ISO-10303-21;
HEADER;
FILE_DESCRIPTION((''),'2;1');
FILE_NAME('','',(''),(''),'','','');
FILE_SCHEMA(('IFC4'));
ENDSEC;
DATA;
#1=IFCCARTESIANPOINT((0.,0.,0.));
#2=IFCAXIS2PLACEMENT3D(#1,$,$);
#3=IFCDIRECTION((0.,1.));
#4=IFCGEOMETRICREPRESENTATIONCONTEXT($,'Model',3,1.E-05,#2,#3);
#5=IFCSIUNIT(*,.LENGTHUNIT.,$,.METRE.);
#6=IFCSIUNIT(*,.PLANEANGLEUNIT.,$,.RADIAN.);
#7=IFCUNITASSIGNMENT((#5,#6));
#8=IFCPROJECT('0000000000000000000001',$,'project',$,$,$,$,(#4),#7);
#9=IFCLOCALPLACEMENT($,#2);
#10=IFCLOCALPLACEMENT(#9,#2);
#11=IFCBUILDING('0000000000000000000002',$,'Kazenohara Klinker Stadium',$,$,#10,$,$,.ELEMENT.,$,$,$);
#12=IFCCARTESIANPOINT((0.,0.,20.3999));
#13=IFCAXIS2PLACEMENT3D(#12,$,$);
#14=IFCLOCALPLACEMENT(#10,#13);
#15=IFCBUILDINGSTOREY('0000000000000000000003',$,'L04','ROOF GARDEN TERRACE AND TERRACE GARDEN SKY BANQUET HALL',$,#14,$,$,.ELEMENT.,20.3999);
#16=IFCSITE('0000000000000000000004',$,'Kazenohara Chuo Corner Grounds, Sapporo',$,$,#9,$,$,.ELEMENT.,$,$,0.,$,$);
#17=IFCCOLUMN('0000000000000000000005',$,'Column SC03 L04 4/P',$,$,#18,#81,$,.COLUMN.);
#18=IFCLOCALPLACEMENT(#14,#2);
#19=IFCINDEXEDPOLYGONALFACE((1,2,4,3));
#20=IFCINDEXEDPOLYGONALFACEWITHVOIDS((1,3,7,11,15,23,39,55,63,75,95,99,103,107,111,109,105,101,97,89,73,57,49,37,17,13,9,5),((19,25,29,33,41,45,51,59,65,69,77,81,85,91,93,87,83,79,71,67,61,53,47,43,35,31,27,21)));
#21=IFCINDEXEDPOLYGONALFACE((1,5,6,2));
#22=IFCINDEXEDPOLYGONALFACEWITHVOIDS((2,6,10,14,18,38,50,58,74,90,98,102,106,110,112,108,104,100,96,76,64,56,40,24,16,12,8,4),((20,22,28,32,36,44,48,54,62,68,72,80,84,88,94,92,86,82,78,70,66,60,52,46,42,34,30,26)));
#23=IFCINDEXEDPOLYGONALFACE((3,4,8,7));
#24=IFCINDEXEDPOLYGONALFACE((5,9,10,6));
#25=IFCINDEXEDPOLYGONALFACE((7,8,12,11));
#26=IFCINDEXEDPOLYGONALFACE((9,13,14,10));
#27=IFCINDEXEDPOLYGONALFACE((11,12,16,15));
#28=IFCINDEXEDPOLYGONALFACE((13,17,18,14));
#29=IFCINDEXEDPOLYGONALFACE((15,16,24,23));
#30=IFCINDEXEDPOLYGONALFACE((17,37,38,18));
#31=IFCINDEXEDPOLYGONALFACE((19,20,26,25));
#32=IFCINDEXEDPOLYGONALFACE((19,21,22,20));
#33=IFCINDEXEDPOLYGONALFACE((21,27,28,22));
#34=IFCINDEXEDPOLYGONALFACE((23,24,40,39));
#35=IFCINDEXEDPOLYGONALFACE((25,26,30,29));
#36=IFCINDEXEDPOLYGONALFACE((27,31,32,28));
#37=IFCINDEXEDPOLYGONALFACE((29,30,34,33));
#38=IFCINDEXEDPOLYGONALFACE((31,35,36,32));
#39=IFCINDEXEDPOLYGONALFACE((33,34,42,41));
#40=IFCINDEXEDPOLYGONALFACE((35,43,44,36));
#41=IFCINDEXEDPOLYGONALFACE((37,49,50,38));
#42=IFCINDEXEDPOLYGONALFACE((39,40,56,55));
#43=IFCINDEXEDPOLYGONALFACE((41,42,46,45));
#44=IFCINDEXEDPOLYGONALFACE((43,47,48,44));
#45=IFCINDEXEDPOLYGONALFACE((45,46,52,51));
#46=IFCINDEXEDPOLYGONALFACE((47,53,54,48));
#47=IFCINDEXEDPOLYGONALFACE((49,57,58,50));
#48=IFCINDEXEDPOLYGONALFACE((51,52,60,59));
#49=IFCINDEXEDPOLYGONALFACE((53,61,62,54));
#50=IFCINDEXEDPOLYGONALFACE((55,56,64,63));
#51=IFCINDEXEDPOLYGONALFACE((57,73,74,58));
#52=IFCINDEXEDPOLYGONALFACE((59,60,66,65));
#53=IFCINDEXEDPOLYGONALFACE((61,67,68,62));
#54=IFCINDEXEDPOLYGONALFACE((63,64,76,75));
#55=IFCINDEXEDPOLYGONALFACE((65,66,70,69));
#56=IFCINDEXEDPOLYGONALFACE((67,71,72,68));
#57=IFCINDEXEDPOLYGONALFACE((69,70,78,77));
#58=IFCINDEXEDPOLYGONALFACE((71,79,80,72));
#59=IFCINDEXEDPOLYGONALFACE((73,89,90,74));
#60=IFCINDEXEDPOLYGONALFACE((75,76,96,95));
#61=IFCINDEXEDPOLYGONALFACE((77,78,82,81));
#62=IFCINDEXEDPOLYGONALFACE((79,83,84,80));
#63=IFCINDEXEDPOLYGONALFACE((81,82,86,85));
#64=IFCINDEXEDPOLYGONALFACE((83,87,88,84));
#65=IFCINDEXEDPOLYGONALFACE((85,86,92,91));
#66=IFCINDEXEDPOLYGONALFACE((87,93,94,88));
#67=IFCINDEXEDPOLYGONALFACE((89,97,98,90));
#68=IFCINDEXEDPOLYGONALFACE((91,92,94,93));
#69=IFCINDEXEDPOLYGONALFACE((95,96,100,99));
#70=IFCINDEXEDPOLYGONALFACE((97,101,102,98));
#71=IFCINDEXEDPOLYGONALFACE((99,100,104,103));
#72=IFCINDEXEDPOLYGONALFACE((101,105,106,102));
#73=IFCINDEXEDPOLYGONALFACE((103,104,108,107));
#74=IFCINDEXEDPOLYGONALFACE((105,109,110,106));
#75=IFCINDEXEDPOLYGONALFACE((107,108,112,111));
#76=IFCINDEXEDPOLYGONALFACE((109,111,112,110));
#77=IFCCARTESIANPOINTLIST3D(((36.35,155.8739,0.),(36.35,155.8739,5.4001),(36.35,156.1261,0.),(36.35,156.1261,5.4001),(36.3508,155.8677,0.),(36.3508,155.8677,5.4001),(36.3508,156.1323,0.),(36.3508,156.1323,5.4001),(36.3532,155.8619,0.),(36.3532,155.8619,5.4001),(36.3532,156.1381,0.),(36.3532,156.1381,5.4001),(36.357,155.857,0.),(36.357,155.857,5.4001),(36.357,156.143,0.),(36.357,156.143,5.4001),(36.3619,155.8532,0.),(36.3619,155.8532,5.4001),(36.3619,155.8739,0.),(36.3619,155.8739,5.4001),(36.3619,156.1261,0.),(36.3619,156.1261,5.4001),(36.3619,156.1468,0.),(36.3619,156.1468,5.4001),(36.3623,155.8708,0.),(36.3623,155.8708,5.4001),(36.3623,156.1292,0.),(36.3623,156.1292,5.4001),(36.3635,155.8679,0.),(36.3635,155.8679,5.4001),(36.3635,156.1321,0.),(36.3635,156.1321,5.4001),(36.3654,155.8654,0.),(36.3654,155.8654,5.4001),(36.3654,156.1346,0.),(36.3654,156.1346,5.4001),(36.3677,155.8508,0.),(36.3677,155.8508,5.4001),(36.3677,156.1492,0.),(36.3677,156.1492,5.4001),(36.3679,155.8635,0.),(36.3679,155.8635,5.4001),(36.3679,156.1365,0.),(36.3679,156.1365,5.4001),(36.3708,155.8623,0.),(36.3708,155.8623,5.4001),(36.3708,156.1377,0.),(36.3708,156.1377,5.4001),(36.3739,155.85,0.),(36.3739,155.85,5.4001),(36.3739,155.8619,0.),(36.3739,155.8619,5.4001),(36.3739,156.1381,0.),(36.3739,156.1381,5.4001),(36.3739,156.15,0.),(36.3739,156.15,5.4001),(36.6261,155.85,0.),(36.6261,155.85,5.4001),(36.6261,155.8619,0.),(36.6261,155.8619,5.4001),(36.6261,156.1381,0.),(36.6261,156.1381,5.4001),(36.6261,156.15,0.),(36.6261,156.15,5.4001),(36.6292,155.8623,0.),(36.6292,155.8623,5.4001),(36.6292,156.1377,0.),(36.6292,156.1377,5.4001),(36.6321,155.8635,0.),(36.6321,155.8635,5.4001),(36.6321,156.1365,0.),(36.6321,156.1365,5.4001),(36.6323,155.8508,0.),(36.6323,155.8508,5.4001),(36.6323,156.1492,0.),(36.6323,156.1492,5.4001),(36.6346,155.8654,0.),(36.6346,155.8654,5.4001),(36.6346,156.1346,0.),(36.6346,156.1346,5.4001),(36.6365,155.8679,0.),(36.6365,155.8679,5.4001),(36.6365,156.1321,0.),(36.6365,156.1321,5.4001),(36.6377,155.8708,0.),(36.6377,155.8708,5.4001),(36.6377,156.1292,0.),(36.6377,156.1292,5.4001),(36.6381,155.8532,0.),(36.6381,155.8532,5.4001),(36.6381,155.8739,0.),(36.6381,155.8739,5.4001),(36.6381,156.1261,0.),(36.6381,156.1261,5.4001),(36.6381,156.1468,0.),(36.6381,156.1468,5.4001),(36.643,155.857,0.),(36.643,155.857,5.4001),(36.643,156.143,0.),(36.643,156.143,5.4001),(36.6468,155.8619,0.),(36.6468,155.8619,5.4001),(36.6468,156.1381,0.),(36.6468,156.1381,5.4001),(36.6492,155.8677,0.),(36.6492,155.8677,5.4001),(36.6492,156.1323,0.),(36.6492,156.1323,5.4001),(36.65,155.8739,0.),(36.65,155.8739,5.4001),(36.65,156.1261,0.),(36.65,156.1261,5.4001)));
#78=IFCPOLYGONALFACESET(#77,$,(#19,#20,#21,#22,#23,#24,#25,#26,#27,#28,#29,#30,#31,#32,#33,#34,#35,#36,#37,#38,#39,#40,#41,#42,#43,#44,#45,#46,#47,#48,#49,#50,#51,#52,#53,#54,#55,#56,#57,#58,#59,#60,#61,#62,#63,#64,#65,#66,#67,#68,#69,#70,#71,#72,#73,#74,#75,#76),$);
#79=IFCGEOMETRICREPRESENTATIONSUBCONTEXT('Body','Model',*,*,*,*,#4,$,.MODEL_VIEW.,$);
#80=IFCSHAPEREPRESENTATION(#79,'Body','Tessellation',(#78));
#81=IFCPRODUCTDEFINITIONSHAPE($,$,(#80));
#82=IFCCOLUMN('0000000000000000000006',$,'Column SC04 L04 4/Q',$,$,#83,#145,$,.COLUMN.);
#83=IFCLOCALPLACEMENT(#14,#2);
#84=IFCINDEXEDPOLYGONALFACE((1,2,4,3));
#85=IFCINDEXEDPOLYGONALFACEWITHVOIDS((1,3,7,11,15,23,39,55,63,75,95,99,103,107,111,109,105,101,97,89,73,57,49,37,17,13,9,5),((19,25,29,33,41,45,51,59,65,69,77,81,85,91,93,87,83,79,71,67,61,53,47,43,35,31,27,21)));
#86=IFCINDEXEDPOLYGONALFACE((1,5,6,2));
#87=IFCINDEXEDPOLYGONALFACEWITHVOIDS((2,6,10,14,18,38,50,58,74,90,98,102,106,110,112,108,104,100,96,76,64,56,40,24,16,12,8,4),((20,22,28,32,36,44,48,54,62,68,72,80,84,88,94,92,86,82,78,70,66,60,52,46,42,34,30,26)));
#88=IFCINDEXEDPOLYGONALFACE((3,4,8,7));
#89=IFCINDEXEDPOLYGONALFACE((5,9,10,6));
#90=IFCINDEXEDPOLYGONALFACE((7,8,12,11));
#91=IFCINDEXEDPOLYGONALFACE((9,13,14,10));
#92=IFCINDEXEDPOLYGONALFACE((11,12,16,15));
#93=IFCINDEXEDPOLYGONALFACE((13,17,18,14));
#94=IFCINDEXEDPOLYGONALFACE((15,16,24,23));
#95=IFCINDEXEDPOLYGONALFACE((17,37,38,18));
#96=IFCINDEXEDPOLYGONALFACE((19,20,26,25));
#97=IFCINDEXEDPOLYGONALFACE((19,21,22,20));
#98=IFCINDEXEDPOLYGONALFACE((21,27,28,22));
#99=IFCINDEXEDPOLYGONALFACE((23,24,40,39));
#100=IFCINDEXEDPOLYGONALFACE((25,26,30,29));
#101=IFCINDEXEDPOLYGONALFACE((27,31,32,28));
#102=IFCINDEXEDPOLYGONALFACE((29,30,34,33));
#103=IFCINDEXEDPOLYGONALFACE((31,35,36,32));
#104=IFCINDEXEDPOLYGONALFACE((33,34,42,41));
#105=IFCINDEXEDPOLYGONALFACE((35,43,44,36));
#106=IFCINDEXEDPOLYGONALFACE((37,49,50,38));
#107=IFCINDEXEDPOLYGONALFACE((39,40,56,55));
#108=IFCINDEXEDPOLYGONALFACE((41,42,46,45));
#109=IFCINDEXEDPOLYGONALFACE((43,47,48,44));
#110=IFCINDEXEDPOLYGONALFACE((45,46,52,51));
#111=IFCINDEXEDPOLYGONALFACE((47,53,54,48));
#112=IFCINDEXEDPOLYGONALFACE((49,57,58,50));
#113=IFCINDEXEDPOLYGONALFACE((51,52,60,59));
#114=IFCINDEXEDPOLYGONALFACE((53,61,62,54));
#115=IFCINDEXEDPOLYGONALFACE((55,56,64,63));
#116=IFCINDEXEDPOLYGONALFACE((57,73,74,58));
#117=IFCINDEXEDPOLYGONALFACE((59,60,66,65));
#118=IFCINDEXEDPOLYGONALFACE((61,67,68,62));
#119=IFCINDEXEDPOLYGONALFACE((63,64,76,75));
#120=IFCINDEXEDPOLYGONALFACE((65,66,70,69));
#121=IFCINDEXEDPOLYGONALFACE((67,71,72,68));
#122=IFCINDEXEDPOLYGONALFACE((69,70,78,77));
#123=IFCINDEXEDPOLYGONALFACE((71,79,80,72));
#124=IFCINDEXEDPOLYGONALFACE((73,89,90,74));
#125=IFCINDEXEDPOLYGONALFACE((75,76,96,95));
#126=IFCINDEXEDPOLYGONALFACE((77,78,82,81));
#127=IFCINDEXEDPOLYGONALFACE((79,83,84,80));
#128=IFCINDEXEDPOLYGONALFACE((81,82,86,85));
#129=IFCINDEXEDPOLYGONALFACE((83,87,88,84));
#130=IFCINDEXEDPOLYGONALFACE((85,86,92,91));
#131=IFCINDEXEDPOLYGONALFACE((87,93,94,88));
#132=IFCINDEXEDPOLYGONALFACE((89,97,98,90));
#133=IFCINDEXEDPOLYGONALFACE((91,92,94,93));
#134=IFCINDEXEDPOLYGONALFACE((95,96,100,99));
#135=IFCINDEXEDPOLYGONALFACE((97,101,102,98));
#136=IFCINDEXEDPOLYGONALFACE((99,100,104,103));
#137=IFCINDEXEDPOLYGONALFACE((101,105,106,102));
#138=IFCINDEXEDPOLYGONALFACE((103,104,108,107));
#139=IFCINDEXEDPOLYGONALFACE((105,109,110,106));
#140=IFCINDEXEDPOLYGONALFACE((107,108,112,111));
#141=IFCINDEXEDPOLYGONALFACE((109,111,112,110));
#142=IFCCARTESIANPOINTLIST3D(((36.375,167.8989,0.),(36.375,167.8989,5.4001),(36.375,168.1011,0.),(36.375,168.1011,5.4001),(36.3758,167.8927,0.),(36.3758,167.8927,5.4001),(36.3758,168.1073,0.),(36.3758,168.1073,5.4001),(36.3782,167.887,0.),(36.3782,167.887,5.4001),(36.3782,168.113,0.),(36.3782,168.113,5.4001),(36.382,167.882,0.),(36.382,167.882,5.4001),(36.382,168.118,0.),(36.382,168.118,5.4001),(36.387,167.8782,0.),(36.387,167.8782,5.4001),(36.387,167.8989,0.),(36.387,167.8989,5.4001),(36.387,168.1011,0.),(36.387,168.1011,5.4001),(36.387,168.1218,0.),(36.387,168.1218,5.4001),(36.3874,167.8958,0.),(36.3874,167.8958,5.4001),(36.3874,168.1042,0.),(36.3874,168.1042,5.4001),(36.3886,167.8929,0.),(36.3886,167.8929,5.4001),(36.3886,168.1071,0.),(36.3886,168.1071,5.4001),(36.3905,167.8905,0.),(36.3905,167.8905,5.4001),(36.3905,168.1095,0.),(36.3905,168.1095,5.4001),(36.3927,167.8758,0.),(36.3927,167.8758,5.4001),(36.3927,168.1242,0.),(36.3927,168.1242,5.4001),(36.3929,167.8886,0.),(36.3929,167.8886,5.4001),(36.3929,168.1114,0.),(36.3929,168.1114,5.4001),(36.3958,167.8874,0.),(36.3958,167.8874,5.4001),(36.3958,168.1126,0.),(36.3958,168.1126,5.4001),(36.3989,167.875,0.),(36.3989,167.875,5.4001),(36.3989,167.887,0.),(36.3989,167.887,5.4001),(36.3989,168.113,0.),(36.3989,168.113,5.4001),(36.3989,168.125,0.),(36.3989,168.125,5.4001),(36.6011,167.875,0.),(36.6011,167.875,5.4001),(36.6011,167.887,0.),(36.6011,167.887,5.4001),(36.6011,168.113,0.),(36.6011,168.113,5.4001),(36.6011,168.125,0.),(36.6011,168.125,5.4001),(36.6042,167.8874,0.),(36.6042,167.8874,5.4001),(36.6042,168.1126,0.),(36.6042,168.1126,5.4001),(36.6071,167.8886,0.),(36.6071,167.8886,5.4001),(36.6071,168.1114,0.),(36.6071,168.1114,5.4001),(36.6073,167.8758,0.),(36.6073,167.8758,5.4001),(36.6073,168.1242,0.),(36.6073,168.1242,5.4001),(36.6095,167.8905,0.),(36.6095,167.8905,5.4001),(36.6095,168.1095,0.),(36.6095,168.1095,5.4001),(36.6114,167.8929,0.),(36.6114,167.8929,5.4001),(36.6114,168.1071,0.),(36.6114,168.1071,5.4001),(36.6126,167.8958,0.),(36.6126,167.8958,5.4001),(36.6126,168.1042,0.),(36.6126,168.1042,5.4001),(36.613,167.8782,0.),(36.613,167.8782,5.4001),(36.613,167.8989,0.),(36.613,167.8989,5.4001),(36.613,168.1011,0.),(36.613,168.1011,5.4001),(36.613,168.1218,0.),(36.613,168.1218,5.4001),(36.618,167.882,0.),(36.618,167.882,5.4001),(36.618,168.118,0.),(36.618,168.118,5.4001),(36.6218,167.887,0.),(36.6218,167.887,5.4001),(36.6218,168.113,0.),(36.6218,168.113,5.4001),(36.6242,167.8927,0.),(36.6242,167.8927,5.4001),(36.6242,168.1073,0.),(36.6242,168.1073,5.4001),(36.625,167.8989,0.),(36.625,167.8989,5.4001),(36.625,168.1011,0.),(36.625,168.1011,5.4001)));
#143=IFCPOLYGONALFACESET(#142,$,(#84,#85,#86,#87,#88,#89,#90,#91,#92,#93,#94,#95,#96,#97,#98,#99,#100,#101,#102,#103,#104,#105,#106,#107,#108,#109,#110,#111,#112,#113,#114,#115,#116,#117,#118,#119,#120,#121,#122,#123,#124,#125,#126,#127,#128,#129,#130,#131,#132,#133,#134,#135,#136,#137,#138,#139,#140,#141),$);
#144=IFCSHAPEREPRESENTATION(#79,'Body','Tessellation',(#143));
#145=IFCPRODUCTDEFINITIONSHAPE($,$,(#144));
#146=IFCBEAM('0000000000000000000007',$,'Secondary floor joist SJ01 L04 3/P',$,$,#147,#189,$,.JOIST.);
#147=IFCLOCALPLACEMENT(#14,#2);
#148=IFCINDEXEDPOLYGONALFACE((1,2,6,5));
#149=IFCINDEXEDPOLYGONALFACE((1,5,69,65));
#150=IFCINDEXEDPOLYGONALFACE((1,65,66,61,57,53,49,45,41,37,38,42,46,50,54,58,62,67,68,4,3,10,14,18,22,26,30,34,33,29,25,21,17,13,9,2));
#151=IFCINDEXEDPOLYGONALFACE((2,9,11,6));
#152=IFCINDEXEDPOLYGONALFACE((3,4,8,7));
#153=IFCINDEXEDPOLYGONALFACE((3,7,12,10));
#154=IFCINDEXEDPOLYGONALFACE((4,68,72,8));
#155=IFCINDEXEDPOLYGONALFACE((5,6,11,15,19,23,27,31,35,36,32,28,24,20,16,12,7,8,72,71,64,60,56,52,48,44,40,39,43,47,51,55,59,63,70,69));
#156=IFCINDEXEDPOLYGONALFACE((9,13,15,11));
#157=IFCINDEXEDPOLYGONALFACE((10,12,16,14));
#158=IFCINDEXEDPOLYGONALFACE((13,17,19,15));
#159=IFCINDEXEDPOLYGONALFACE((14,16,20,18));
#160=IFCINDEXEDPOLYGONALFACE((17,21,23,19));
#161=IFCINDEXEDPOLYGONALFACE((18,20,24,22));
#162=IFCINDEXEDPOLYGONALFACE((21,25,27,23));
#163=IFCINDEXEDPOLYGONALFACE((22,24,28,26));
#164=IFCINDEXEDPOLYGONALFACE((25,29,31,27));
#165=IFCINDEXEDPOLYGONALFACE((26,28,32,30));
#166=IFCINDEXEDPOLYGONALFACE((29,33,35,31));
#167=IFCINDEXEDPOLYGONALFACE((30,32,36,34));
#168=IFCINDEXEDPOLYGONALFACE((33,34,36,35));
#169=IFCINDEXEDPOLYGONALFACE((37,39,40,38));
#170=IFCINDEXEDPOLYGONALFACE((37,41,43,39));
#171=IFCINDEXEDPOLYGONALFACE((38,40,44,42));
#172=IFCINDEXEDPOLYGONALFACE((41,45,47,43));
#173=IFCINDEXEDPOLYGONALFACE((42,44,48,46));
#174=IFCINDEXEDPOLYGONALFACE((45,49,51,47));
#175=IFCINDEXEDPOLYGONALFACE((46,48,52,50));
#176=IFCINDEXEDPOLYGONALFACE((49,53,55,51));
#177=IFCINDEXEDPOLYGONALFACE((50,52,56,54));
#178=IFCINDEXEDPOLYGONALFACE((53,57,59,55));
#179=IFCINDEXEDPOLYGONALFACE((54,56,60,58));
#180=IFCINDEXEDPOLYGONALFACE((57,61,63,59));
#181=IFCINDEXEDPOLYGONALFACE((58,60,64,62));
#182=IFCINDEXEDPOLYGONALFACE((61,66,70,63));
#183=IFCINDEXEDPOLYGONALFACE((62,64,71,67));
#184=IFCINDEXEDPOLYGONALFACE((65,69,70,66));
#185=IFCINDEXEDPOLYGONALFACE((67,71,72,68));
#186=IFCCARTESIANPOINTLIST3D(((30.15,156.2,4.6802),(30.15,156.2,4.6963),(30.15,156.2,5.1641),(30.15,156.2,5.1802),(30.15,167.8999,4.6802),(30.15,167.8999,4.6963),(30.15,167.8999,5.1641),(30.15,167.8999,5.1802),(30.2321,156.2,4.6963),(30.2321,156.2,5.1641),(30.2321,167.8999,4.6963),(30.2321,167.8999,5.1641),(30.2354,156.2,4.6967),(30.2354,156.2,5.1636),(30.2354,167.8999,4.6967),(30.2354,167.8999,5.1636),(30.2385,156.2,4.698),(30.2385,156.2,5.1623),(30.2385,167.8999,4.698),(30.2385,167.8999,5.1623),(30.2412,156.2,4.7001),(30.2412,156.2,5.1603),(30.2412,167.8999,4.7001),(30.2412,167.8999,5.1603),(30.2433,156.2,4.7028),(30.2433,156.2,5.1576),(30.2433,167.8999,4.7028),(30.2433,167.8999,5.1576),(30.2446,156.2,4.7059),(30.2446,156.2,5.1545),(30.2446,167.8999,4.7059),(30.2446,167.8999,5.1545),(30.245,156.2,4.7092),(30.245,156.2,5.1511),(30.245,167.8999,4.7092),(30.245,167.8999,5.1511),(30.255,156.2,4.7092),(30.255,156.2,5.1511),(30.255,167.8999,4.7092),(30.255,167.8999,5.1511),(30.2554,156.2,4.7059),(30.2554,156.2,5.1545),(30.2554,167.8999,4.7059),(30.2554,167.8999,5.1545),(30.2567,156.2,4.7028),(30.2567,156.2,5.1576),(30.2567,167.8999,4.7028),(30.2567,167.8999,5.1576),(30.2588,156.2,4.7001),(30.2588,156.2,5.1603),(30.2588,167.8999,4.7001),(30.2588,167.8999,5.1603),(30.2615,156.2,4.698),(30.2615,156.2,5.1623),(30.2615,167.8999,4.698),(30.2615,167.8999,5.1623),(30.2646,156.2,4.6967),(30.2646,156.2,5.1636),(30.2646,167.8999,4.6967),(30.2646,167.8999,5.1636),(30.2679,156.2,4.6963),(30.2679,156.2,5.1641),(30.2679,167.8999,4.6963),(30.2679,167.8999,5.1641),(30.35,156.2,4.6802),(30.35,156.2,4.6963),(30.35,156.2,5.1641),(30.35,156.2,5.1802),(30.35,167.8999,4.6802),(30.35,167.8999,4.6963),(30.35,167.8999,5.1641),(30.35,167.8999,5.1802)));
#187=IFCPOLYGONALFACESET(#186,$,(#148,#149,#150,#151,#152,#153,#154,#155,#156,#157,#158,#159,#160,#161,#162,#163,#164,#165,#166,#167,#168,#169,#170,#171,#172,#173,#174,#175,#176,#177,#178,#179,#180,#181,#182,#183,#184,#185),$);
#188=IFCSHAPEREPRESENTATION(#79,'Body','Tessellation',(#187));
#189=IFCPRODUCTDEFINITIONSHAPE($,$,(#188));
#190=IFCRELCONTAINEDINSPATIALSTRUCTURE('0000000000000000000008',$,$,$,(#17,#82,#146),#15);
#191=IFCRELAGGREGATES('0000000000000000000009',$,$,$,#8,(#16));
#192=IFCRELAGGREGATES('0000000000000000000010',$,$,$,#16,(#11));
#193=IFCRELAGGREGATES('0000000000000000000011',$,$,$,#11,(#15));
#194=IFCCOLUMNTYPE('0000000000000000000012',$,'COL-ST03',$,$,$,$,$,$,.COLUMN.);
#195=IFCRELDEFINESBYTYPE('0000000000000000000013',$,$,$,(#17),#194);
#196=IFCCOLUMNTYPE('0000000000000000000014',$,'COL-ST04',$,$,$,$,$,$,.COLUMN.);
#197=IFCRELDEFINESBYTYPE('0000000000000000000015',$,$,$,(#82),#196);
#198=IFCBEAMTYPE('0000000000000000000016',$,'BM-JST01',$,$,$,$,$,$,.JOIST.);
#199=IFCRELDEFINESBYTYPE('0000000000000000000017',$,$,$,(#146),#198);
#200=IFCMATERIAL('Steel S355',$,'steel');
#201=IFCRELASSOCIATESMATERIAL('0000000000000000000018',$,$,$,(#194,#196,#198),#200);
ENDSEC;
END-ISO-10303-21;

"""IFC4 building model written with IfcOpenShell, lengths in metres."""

from ifc_helpers import new_model, si_unit, direction, frame, origin, origin_2d, place, context, subcontext, project, spatial, hollow_rectangle, i_section, extrude, material, material_profile, profile_set, type_object, element, save


model = new_model("IFC4")

# Units and contexts
model_context = context("Model", 3, precision=1e-05, world=origin(), true_north=direction((0.0, 1.0)))
body_context = subcontext(model_context, "Body", "Model", "MODEL_VIEW")
ifc_project = project(units=[si_unit("LENGTHUNIT", "METRE"), si_unit("PLANEANGLEUNIT", "RADIAN")], contexts=[model_context])

# Site, building, storey
site_placement = place(None, origin())
site = spatial("IfcSite", under=ifc_project, at=site_placement, Name="Kazenohara Chuo Corner Grounds, Sapporo", CompositionType="ELEMENT", RefElevation=0.0)
building_placement = place(site_placement, origin())
building = spatial("IfcBuilding", under=site, at=building_placement, Name="Kazenohara Klinker Stadium", CompositionType="ELEMENT")
storey_placement = place(building_placement, frame((0.0, 0.0, 20.3999)))
storey = spatial("IfcBuildingStorey", under=building, at=storey_placement, Name="L04", Description="ROOF GARDEN TERRACE AND TERRACE GARDEN SKY BANQUET HALL", CompositionType="ELEMENT", Elevation=20.3999)

# Columns
ifc_material_1 = material(Name="Steel S355", Category="steel")
ifc_material_profile_1 = material_profile(ifc_material_1, hollow_rectangle(XDim=0.3, YDim=0.3, WallThickness=0.012, InnerFilletRadius=0.012, OuterFilletRadius=0.0239, at=origin_2d()), Name="SHS-300x300x12")
ifc_profile_set_1 = profile_set([ifc_material_profile_1], Name="Steel S355")
column_type_1 = type_object("IfcColumnType", Name="COL-ST03", PredefinedType="COLUMN", material=ifc_profile_set_1)
for number, where, z_axis, x_axis, name in (
    (1, (36.5, 156.0, 0.0), (0.0, 0.0, 1.0), (1.0, 0.0, 0.0), "Column SC03 L04 4/P"),
):
    element("IfcColumn", number, at=place(storey_placement, frame(where, z_axis=z_axis, x_axis=x_axis)), inside=storey, type_object=column_type_1, Name=name, PredefinedType="COLUMN", context=body_context, shape_type="SweptSolid", body=[
        extrude(hollow_rectangle(XDim=0.3, YDim=0.3, WallThickness=0.012, InnerFilletRadius=0.012, OuterFilletRadius=0.0239, at=origin_2d()), origin(), (0.0, 0.0, 1.0), 5.4001),
    ])
ifc_material_profile_2 = material_profile(ifc_material_1, hollow_rectangle(XDim=0.25, YDim=0.25, WallThickness=0.012, InnerFilletRadius=0.012, OuterFilletRadius=0.0239, at=origin_2d()), Name="SHS-250x250x12")
ifc_profile_set_2 = profile_set([ifc_material_profile_2], Name="Steel S355")
column_type_2 = type_object("IfcColumnType", Name="COL-ST04", PredefinedType="COLUMN", material=ifc_profile_set_2)
column_1_placement = place(storey_placement, frame((36.5, 168.0, 0.0), z_axis=(0.0, 0.0, 1.0), x_axis=(1.0, 0.0, 0.0)))
element("IfcColumn", 2, at=column_1_placement, inside=storey, type_object=column_type_2, Name="Column SC04 L04 4/Q", PredefinedType="COLUMN", context=body_context, shape_type="SweptSolid", body=[
    extrude(hollow_rectangle(XDim=0.25, YDim=0.25, WallThickness=0.012, InnerFilletRadius=0.012, OuterFilletRadius=0.0239, at=origin_2d()), origin(), (0.0, 0.0, 1.0), 5.4001),
])

# Beam
ifc_material_profile_3 = material_profile(ifc_material_1, i_section(OverallWidth=0.2, OverallDepth=0.5, WebThickness=0.01, FlangeThickness=0.0161, FilletRadius=0.0129, at=origin_2d()), Name="H-500x200x10x16")
ifc_profile_set_3 = profile_set([ifc_material_profile_3], Name="Steel S355")
beam_type_1 = type_object("IfcBeamType", Name="BM-JST01", PredefinedType="JOIST", material=ifc_profile_set_3)
beam_1_placement = place(storey_placement, frame((30.25, 156.2, 4.9302), z_axis=(0.0, 1.0, 0.0), x_axis=(-1.0, 0.0, 0.0)))
element("IfcBeam", 3, at=beam_1_placement, inside=storey, type_object=beam_type_1, Name="Secondary floor joist SJ01 L04 3/P", PredefinedType="JOIST", context=body_context, shape_type="SweptSolid", body=[
    extrude(i_section(OverallWidth=0.2, OverallDepth=0.5, WebThickness=0.01, FlangeThickness=0.0161, FilletRadius=0.0129, at=origin_2d()), origin(), (0.0, 0.0, 1.0), 11.7),
])

save(model, "model.ifc")
